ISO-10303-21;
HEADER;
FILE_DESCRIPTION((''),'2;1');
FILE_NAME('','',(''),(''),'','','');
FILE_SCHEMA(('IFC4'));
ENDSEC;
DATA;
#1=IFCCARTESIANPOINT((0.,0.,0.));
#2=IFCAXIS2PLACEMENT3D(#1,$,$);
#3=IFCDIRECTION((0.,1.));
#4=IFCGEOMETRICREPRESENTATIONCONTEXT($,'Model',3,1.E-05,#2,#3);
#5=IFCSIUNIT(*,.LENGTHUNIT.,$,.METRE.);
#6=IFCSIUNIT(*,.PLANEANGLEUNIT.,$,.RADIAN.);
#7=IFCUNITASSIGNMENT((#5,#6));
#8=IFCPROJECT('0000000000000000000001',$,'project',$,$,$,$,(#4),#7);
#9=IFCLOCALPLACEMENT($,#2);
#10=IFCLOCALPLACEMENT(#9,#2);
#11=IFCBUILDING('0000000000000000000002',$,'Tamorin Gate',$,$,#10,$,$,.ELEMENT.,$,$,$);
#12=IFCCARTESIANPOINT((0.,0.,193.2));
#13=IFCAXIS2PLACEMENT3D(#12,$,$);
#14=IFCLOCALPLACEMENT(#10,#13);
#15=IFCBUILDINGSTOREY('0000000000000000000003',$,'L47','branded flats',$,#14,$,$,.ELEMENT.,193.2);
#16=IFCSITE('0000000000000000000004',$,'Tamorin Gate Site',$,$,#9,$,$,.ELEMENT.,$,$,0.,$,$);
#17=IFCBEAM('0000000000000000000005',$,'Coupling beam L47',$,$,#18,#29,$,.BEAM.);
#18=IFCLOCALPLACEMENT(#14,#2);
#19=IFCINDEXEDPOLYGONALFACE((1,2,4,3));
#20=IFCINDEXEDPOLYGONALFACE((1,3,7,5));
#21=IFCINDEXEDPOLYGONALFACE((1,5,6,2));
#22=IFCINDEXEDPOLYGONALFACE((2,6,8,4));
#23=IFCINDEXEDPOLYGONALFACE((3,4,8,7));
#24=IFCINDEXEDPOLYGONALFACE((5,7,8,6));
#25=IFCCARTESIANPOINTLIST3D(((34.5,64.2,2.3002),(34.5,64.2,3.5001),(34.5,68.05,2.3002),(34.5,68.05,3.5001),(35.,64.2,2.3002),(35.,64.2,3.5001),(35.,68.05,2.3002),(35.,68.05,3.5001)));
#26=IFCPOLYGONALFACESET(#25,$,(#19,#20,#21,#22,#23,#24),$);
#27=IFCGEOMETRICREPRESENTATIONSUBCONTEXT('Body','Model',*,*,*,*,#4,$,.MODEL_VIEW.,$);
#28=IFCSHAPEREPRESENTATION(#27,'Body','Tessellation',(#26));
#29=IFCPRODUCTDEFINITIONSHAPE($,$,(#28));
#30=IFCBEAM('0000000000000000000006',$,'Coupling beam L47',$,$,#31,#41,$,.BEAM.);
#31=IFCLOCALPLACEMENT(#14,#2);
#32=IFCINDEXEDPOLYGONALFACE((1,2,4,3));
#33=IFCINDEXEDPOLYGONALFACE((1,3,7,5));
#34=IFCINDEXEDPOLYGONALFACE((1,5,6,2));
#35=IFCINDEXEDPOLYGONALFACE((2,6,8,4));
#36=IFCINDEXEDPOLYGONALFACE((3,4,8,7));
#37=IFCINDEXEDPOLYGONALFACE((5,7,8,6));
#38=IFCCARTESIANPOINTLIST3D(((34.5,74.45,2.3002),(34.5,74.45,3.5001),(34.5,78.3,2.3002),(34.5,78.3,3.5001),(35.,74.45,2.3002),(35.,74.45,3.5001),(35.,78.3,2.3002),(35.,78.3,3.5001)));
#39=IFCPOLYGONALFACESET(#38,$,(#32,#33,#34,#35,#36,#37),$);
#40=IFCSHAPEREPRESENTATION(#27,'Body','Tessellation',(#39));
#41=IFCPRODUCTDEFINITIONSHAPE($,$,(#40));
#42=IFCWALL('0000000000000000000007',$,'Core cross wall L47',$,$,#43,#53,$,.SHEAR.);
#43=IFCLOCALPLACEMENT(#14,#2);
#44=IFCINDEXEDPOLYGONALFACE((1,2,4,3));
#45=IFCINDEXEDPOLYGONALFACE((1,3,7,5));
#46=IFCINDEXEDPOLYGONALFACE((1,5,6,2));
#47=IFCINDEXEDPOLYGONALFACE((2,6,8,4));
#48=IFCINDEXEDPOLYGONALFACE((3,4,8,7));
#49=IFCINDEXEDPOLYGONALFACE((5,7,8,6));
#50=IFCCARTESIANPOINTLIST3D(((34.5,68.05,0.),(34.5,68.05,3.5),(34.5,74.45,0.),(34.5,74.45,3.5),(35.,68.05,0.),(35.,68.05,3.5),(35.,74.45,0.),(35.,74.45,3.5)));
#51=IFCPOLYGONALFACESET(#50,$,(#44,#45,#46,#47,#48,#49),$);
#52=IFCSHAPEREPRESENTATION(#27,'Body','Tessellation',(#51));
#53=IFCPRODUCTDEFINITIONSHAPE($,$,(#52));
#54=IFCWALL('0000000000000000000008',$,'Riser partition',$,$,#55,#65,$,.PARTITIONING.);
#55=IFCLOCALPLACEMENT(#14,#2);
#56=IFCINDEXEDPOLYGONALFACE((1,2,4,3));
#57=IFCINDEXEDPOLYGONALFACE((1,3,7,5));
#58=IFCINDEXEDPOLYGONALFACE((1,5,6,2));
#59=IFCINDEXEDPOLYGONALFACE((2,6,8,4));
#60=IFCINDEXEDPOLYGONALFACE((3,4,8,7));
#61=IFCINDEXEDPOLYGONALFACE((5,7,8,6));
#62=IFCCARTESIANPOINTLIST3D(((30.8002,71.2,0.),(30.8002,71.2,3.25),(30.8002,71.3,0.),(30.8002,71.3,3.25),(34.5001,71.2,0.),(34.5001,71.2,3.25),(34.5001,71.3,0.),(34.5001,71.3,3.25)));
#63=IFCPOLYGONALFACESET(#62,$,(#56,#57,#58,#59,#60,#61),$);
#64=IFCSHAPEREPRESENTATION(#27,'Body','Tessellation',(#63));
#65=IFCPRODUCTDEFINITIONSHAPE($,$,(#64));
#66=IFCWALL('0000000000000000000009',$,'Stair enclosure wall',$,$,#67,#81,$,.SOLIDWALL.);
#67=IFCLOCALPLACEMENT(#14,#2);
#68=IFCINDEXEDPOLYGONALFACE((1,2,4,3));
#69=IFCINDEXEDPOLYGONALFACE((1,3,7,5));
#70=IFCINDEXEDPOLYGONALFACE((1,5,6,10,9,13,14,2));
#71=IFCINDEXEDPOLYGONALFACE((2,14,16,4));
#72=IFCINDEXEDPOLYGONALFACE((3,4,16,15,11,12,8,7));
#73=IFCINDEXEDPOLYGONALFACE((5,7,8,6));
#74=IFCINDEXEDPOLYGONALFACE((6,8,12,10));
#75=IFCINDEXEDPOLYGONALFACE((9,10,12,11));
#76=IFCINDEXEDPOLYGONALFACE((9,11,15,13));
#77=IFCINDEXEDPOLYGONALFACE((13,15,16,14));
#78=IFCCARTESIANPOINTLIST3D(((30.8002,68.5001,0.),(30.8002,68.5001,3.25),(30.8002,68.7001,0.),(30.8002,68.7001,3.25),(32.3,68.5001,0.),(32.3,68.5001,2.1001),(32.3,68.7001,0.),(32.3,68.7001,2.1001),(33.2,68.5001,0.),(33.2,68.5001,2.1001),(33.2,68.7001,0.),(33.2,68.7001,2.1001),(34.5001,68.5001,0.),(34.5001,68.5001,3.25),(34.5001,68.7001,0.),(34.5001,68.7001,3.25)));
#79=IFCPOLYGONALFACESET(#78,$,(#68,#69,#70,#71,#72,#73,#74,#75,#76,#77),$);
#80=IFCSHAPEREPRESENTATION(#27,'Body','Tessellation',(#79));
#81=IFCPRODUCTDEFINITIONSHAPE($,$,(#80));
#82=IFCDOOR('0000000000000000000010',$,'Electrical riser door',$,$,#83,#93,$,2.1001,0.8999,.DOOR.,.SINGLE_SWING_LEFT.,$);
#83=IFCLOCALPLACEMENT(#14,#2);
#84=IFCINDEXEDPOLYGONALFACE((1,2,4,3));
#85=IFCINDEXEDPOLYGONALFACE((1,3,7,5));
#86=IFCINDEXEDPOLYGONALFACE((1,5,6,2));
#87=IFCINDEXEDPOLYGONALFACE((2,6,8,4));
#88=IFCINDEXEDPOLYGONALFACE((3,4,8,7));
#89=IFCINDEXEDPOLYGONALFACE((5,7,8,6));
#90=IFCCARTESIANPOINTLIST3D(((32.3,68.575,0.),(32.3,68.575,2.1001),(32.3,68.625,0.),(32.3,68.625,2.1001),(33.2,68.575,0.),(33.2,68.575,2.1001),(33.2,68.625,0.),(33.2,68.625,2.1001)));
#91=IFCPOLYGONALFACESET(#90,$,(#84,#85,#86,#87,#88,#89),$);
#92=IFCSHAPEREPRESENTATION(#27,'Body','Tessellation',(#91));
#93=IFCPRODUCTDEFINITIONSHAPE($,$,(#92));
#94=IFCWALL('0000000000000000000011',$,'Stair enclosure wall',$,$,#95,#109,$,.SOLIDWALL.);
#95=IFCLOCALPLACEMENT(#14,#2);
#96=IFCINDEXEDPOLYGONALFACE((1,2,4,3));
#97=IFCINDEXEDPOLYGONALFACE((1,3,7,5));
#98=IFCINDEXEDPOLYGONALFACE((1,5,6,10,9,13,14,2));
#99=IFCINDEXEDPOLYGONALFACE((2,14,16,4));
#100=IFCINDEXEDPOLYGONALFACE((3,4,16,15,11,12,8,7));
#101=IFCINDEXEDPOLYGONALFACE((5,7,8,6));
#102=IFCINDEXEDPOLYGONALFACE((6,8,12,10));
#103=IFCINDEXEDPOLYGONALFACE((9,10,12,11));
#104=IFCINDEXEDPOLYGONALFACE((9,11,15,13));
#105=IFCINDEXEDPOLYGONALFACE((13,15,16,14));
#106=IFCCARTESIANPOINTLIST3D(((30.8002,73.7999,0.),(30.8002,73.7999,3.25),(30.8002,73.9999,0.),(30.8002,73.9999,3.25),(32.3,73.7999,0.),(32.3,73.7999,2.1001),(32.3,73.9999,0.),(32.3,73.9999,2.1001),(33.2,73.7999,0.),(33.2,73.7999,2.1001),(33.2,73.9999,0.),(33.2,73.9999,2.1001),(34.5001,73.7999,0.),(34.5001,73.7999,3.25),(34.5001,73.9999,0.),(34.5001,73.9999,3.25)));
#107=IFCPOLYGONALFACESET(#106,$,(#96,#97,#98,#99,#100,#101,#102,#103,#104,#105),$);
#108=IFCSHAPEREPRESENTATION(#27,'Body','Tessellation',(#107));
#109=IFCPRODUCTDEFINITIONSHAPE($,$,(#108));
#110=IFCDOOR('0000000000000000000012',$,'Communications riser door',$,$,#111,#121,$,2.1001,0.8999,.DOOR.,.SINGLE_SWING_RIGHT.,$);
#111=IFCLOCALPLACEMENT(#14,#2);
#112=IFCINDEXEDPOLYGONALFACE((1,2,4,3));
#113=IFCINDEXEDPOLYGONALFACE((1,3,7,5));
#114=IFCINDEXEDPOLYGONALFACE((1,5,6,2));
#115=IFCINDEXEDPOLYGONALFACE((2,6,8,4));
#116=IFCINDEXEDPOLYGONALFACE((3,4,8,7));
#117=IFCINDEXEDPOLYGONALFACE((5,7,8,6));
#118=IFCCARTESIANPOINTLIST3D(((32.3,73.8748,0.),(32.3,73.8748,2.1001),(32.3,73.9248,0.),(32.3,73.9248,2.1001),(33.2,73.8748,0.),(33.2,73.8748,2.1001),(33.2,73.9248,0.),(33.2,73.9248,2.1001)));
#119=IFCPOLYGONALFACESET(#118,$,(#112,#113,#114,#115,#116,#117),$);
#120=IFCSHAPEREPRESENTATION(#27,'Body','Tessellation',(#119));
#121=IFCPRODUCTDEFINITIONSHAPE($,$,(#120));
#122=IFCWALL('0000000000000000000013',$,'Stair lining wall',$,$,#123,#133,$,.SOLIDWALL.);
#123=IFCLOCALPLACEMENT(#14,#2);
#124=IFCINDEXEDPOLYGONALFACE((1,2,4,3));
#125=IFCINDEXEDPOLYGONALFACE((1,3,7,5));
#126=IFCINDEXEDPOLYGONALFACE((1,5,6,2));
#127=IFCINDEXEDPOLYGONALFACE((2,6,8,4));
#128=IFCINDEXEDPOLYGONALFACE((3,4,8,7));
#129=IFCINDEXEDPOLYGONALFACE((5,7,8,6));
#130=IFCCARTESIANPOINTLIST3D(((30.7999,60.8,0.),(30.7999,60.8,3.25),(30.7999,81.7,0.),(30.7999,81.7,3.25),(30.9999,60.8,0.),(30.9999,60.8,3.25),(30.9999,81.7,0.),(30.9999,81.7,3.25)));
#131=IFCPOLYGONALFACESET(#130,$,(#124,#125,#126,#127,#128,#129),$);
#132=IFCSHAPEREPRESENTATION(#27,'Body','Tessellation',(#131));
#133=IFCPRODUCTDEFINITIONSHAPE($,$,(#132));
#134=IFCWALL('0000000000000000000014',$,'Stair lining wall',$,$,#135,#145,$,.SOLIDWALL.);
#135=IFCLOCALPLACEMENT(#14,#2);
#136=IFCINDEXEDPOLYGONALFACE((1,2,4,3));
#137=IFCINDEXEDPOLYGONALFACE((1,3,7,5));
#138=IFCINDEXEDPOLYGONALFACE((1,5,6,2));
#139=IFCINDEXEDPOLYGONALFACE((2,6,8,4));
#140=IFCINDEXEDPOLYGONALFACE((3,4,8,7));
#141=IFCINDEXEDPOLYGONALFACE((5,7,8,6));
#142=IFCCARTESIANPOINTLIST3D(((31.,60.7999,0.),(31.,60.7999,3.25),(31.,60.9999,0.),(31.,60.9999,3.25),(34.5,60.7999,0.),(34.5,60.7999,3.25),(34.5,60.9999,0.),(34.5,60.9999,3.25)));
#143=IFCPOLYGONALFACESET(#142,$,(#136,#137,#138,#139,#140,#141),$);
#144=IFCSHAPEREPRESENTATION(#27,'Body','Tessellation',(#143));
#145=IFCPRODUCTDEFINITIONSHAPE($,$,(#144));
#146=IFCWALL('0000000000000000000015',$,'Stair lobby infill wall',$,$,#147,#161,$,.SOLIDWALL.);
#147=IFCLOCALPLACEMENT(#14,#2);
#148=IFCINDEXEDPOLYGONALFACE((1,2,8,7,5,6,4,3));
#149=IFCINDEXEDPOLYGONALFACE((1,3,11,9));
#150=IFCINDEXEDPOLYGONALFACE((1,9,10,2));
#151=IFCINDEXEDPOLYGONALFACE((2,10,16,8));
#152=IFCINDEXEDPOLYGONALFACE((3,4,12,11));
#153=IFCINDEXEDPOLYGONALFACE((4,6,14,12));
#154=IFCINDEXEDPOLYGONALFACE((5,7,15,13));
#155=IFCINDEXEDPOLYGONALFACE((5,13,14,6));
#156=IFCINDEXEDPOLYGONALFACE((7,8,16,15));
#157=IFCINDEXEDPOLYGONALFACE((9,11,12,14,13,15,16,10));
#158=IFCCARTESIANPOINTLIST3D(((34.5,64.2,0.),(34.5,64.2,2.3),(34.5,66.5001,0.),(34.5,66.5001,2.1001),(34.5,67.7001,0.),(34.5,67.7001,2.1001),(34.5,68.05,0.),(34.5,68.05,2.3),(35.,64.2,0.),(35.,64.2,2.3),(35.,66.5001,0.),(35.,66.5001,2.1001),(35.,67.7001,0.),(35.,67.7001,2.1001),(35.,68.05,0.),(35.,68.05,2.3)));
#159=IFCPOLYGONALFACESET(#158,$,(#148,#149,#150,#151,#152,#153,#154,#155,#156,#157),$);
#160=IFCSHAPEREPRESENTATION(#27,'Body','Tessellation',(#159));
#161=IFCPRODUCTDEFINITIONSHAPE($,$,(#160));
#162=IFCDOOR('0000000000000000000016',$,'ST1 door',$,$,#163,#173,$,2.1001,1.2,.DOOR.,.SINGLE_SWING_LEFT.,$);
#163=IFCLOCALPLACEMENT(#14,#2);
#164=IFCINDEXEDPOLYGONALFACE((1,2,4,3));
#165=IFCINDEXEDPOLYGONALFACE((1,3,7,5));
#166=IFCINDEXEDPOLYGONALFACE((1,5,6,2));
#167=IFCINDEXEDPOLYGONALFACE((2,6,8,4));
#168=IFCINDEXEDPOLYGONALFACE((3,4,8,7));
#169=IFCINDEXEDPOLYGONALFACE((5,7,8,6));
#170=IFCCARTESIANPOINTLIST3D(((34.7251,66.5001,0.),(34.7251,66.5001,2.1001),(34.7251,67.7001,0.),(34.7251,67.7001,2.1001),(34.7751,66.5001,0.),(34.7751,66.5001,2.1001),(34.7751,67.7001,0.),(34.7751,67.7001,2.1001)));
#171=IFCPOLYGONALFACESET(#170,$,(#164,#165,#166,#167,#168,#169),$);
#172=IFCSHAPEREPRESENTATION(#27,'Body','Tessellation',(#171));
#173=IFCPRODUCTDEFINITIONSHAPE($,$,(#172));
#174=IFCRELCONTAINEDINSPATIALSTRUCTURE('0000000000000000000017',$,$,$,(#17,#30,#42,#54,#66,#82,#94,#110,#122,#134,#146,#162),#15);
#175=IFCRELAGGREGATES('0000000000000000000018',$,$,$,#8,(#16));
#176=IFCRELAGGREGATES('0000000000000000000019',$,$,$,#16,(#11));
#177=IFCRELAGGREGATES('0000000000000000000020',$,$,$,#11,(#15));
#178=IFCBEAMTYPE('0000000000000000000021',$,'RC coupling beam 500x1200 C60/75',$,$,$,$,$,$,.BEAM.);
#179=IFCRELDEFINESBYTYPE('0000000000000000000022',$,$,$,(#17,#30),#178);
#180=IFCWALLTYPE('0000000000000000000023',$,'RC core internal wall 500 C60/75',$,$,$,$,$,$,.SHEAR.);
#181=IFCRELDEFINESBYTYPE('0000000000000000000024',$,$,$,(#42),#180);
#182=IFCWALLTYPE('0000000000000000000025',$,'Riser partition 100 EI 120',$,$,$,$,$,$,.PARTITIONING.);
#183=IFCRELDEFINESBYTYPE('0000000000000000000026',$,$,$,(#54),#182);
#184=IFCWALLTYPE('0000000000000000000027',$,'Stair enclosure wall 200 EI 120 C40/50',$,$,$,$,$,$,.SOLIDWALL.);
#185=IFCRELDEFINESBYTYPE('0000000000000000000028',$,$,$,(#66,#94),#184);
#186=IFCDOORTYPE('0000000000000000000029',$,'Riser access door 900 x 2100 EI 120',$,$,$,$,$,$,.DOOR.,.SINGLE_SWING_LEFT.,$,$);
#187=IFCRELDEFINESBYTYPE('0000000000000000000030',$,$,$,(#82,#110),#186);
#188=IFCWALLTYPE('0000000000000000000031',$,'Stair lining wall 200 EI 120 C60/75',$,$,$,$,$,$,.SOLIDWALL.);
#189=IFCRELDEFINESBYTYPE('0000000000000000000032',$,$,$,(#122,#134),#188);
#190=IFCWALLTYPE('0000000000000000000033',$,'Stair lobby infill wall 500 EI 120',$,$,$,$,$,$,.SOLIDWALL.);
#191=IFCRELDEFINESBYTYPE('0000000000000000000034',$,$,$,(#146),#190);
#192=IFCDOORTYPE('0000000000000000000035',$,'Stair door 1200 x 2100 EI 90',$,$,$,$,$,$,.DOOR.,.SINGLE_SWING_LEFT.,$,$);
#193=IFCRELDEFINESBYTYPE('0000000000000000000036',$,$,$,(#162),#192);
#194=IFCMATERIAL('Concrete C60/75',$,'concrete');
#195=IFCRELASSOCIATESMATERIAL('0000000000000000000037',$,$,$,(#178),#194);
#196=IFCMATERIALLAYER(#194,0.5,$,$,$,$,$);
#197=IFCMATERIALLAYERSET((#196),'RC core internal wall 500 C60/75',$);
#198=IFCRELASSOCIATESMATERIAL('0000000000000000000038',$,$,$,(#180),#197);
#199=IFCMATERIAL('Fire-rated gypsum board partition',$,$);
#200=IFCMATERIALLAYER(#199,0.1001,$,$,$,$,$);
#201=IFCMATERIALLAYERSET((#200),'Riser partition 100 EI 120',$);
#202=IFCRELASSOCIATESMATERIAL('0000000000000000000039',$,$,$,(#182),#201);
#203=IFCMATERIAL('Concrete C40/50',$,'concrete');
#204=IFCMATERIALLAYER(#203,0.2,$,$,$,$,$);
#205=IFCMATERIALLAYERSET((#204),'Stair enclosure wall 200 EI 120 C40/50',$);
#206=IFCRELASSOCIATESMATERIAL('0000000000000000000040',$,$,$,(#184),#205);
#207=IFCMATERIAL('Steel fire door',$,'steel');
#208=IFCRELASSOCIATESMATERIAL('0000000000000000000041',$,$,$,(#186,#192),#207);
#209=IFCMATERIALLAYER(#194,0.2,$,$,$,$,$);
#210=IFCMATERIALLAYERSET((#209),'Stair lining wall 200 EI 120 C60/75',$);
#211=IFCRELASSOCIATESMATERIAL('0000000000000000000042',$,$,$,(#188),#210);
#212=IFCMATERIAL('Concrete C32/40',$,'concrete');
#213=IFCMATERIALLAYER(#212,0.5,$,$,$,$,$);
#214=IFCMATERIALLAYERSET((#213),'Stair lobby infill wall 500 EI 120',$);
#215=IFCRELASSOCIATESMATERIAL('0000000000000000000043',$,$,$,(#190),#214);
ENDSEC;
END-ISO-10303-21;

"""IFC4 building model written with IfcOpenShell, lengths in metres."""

from ifc_helpers import new_model, si_unit, direction, frame, frame_2d, origin, origin_2d, place, context, subcontext, project, spatial, rectangle, extrude, material, layer, layer_set, material_profile, profile_set, type_object, element, fill, save


model = new_model("IFC4")

# Units and contexts
model_context = context("Model", 3, precision=1e-05, world=origin(), true_north=direction((0.0, 1.0)))
body_context = subcontext(model_context, "Body", "Model", "MODEL_VIEW")
ifc_project = project(units=[si_unit("LENGTHUNIT", "METRE"), si_unit("PLANEANGLEUNIT", "RADIAN")], contexts=[model_context])

# Site, building, storey
site_placement = place(None, origin())
site = spatial("IfcSite", under=ifc_project, at=site_placement, Name="Tamorin Gate Site", CompositionType="ELEMENT", RefElevation=0.0)
building_placement = place(site_placement, origin())
building = spatial("IfcBuilding", under=site, at=building_placement, Name="Tamorin Gate", CompositionType="ELEMENT")
storey_placement = place(building_placement, frame((0.0, 0.0, 193.2)))
storey = spatial("IfcBuildingStorey", under=building, at=storey_placement, Name="L47", Description="branded flats", CompositionType="ELEMENT", Elevation=193.2)

# Beams
ifc_material_1 = material(Name="Concrete C60/75", Category="concrete")
ifc_material_profile = material_profile(ifc_material_1, rectangle(XDim=0.5, YDim=1.2, at=origin_2d()), Name="RC 500x1200")
ifc_profile_set = profile_set([ifc_material_profile], Name="Concrete C60/75")
beam_type = type_object("IfcBeamType", Name="RC coupling beam 500x1200 C60/75", PredefinedType="BEAM", material=ifc_profile_set)
for number, where, z_axis, x_axis, name in (
    (1, (34.75, 64.2, 2.9001), (0.0, 1.0, 0.0), (-1.0, 0.0, 0.0), "Coupling beam L47"),
    (2, (34.75, 74.45, 2.9001), (0.0, 1.0, 0.0), (-1.0, 0.0, 0.0), "Coupling beam L47"),
):
    element("IfcBeam", number, at=place(storey_placement, frame(where, z_axis=z_axis, x_axis=x_axis)), inside=storey, type_object=beam_type, Name=name, PredefinedType="BEAM", context=body_context, shape_type="SweptSolid", body=[
        extrude(rectangle(XDim=0.5, YDim=1.2, at=origin_2d()), origin(), (0.0, 0.0, 1.0), 3.8501),
    ])

# Walls
ifc_layer_1 = layer(ifc_material_1, 0.5)
ifc_layer_set_1 = layer_set([ifc_layer_1], Name="RC core internal wall 500 C60/75")
wall_type_1 = type_object("IfcWallType", Name="RC core internal wall 500 C60/75", PredefinedType="SHEAR", material=ifc_layer_set_1)
wall_1_placement = place(storey_placement, frame((34.75, 68.05, 0.0), z_axis=(0.0, 0.0, 1.0), x_axis=(0.0, 1.0, 0.0)))
element("IfcWall", 3, at=wall_1_placement, inside=storey, type_object=wall_type_1, Name="Core cross wall L47", PredefinedType="SHEAR", context=body_context, shape_type="SweptSolid", body=[
    extrude(rectangle(XDim=6.3999, YDim=0.5, at=frame_2d((3.2, 0.0))), origin(), (0.0, 0.0, 1.0), 3.5),
])
ifc_material_2 = material(Name="Fire-rated gypsum board partition")
ifc_layer_2 = layer(ifc_material_2, 0.1001)
ifc_layer_set_2 = layer_set([ifc_layer_2], Name="Riser partition 100 EI 120")
wall_type_2 = type_object("IfcWallType", Name="Riser partition 100 EI 120", PredefinedType="PARTITIONING", material=ifc_layer_set_2)
wall_2_placement = place(storey_placement, frame((30.8, 71.25, 0.0), z_axis=(0.0, 0.0, 1.0), x_axis=(1.0, 0.0, 0.0)))
element("IfcWall", 4, at=wall_2_placement, inside=storey, type_object=wall_type_2, Name="Riser partition", PredefinedType="PARTITIONING", context=body_context, shape_type="SweptSolid", body=[
    extrude(rectangle(XDim=3.7, YDim=0.1001, at=frame_2d((1.8501, 0.0))), origin(), (0.0, 0.0, 1.0), 3.25),
])

# Walls, openings, doors
ifc_material_3 = material(Name="Concrete C40/50", Category="concrete")
ifc_layer_3 = layer(ifc_material_3, 0.2)
ifc_layer_set_3 = layer_set([ifc_layer_3], Name="Stair enclosure wall 200 EI 120 C40/50")
wall_type_3 = type_object("IfcWallType", Name="Stair enclosure wall 200 EI 120 C40/50", PredefinedType="SOLIDWALL", material=ifc_layer_set_3)
wall_3_placement = place(storey_placement, frame((30.8, 68.6001, 0.0), z_axis=(0.0, 0.0, 1.0), x_axis=(1.0, 0.0, 0.0)))
wall_3 = element("IfcWall", 5, at=wall_3_placement, inside=storey, type_object=wall_type_3, Name="Stair enclosure wall", PredefinedType="SOLIDWALL", context=body_context, shape_type="SweptSolid", body=[
    extrude(rectangle(XDim=3.7, YDim=0.2, at=frame_2d((1.8501, 0.0))), origin(), (0.0, 0.0, 1.0), 3.25),
])
opening_1_placement = place(wall_3_placement, frame((1.5, 0.0, 0.0)))
opening_1 = element("IfcOpeningElement", 6, at=opening_1_placement, cuts=wall_3, PredefinedType="OPENING", context=body_context, shape_type="SweptSolid", body=[
    extrude(rectangle(XDim=0.8999, YDim=2.1001, at=frame_2d((0.45, 1.05))), frame((0.0, 0.1099, 0.0), z_axis=(0.0, -1.0, 0.0), x_axis=(1.0, 0.0, 0.0)), (0.0, 0.0, 1.0), 0.22),
])
ifc_material_4 = material(Name="Steel fire door", Category="steel")
door_type_1 = type_object("IfcDoorType", Name="Riser access door 900 x 2100 EI 120", OperationType="SINGLE_SWING_LEFT", PredefinedType="DOOR", material=ifc_material_4)
door_1_placement = place(opening_1_placement, origin())
door_1 = element("IfcDoor", 7, at=door_1_placement, inside=storey, type_object=door_type_1, Name="Electrical riser door", OperationType="SINGLE_SWING_LEFT", OverallHeight=2.1001, OverallWidth=0.8999, PredefinedType="DOOR", context=body_context, shape_type="SweptSolid", body=[
    extrude(rectangle(XDim=0.8999, YDim=2.1001, at=frame_2d((0.45, 1.05))), frame((0.0, 0.0249, 0.0), z_axis=(0.0, -1.0, 0.0), x_axis=(1.0, 0.0, 0.0)), (0.0, 0.0, 1.0), 0.05),
])
fill(opening_1, door_1)
wall_4_placement = place(storey_placement, frame((30.8, 73.8999, 0.0), z_axis=(0.0, 0.0, 1.0), x_axis=(1.0, 0.0, 0.0)))
wall_4 = element("IfcWall", 8, at=wall_4_placement, inside=storey, type_object=wall_type_3, Name="Stair enclosure wall", PredefinedType="SOLIDWALL", context=body_context, shape_type="SweptSolid", body=[
    extrude(rectangle(XDim=3.7, YDim=0.2, at=frame_2d((1.8501, 0.0))), origin(), (0.0, 0.0, 1.0), 3.25),
])
opening_2_placement = place(wall_4_placement, frame((1.5, 0.0, 0.0)))
opening_2 = element("IfcOpeningElement", 9, at=opening_2_placement, cuts=wall_4, PredefinedType="OPENING", context=body_context, shape_type="SweptSolid", body=[
    extrude(rectangle(XDim=0.8999, YDim=2.1001, at=frame_2d((0.45, 1.05))), frame((0.0, 0.1099, 0.0), z_axis=(0.0, -1.0, 0.0), x_axis=(1.0, 0.0, 0.0)), (0.0, 0.0, 1.0), 0.22),
])
door_2_placement = place(opening_2_placement, origin())
door_2 = element("IfcDoor", 10, at=door_2_placement, inside=storey, type_object=door_type_1, Name="Communications riser door", OperationType="SINGLE_SWING_RIGHT", OverallHeight=2.1001, OverallWidth=0.8999, PredefinedType="DOOR", context=body_context, shape_type="SweptSolid", body=[
    extrude(rectangle(XDim=0.8999, YDim=2.1001, at=frame_2d((0.45, 1.05))), frame((0.0, 0.0249, 0.0), z_axis=(0.0, -1.0, 0.0), x_axis=(1.0, 0.0, 0.0)), (0.0, 0.0, 1.0), 0.05),
])
fill(opening_2, door_2)

# Walls
ifc_layer_4 = layer(ifc_material_1, 0.2)
ifc_layer_set_4 = layer_set([ifc_layer_4], Name="Stair lining wall 200 EI 120 C60/75")
wall_type_4 = type_object("IfcWallType", Name="Stair lining wall 200 EI 120 C60/75", PredefinedType="SOLIDWALL", material=ifc_layer_set_4)
wall_5_placement = place(storey_placement, frame((30.8999, 60.8, 0.0), z_axis=(0.0, 0.0, 1.0), x_axis=(0.0, 1.0, 0.0)))
element("IfcWall", 11, at=wall_5_placement, inside=storey, type_object=wall_type_4, Name="Stair lining wall", PredefinedType="SOLIDWALL", context=body_context, shape_type="SweptSolid", body=[
    extrude(rectangle(XDim=20.8999, YDim=0.2, at=frame_2d((10.45, 0.0))), origin(), (0.0, 0.0, 1.0), 3.25),
])
wall_6_placement = place(storey_placement, frame((31.0, 60.8999, 0.0), z_axis=(0.0, 0.0, 1.0), x_axis=(1.0, 0.0, 0.0)))
element("IfcWall", 12, at=wall_6_placement, inside=storey, type_object=wall_type_4, Name="Stair lining wall", PredefinedType="SOLIDWALL", context=body_context, shape_type="SweptSolid", body=[
    extrude(rectangle(XDim=3.5, YDim=0.2, at=frame_2d((1.75, 0.0))), origin(), (0.0, 0.0, 1.0), 3.25),
])

# Wall, opening, door
ifc_material_5 = material(Name="Concrete C32/40", Category="concrete")
ifc_layer_5 = layer(ifc_material_5, 0.5)
ifc_layer_set_5 = layer_set([ifc_layer_5], Name="Stair lobby infill wall 500 EI 120")
wall_type_5 = type_object("IfcWallType", Name="Stair lobby infill wall 500 EI 120", PredefinedType="SOLIDWALL", material=ifc_layer_set_5)
wall_7_placement = place(storey_placement, frame((34.75, 64.2, 0.0), z_axis=(0.0, 0.0, 1.0), x_axis=(0.0, 1.0, 0.0)))
wall_7 = element("IfcWall", 13, at=wall_7_placement, inside=storey, type_object=wall_type_5, Name="Stair lobby infill wall", PredefinedType="SOLIDWALL", context=body_context, shape_type="SweptSolid", body=[
    extrude(rectangle(XDim=3.8501, YDim=0.5, at=frame_2d((1.925, 0.0))), origin(), (0.0, 0.0, 1.0), 2.3),
])
opening_3_placement = place(wall_7_placement, frame((2.3, 0.0, 0.0)))
opening_3 = element("IfcOpeningElement", 14, at=opening_3_placement, cuts=wall_7, PredefinedType="OPENING", context=body_context, shape_type="SweptSolid", body=[
    extrude(rectangle(XDim=1.2, YDim=2.1001, at=frame_2d((0.6001, 1.05))), frame((0.0, 0.26, 0.0), z_axis=(0.0, -1.0, 0.0), x_axis=(1.0, 0.0, 0.0)), (0.0, 0.0, 1.0), 0.52),
])
door_type_2 = type_object("IfcDoorType", Name="Stair door 1200 x 2100 EI 90", OperationType="SINGLE_SWING_LEFT", PredefinedType="DOOR", material=ifc_material_4)
door_3_placement = place(opening_3_placement, origin())
door_3 = element("IfcDoor", 15, at=door_3_placement, inside=storey, type_object=door_type_2, Name="ST1 door", OperationType="SINGLE_SWING_LEFT", OverallHeight=2.1001, OverallWidth=1.2, PredefinedType="DOOR", context=body_context, shape_type="SweptSolid", body=[
    extrude(rectangle(XDim=1.2, YDim=2.1001, at=frame_2d((0.6001, 1.05))), frame((0.0, 0.0249, 0.0), z_axis=(0.0, -1.0, 0.0), x_axis=(1.0, 0.0, 0.0)), (0.0, 0.0, 1.0), 0.05),
])
fill(opening_3, door_3)

save(model, "model.ifc")
